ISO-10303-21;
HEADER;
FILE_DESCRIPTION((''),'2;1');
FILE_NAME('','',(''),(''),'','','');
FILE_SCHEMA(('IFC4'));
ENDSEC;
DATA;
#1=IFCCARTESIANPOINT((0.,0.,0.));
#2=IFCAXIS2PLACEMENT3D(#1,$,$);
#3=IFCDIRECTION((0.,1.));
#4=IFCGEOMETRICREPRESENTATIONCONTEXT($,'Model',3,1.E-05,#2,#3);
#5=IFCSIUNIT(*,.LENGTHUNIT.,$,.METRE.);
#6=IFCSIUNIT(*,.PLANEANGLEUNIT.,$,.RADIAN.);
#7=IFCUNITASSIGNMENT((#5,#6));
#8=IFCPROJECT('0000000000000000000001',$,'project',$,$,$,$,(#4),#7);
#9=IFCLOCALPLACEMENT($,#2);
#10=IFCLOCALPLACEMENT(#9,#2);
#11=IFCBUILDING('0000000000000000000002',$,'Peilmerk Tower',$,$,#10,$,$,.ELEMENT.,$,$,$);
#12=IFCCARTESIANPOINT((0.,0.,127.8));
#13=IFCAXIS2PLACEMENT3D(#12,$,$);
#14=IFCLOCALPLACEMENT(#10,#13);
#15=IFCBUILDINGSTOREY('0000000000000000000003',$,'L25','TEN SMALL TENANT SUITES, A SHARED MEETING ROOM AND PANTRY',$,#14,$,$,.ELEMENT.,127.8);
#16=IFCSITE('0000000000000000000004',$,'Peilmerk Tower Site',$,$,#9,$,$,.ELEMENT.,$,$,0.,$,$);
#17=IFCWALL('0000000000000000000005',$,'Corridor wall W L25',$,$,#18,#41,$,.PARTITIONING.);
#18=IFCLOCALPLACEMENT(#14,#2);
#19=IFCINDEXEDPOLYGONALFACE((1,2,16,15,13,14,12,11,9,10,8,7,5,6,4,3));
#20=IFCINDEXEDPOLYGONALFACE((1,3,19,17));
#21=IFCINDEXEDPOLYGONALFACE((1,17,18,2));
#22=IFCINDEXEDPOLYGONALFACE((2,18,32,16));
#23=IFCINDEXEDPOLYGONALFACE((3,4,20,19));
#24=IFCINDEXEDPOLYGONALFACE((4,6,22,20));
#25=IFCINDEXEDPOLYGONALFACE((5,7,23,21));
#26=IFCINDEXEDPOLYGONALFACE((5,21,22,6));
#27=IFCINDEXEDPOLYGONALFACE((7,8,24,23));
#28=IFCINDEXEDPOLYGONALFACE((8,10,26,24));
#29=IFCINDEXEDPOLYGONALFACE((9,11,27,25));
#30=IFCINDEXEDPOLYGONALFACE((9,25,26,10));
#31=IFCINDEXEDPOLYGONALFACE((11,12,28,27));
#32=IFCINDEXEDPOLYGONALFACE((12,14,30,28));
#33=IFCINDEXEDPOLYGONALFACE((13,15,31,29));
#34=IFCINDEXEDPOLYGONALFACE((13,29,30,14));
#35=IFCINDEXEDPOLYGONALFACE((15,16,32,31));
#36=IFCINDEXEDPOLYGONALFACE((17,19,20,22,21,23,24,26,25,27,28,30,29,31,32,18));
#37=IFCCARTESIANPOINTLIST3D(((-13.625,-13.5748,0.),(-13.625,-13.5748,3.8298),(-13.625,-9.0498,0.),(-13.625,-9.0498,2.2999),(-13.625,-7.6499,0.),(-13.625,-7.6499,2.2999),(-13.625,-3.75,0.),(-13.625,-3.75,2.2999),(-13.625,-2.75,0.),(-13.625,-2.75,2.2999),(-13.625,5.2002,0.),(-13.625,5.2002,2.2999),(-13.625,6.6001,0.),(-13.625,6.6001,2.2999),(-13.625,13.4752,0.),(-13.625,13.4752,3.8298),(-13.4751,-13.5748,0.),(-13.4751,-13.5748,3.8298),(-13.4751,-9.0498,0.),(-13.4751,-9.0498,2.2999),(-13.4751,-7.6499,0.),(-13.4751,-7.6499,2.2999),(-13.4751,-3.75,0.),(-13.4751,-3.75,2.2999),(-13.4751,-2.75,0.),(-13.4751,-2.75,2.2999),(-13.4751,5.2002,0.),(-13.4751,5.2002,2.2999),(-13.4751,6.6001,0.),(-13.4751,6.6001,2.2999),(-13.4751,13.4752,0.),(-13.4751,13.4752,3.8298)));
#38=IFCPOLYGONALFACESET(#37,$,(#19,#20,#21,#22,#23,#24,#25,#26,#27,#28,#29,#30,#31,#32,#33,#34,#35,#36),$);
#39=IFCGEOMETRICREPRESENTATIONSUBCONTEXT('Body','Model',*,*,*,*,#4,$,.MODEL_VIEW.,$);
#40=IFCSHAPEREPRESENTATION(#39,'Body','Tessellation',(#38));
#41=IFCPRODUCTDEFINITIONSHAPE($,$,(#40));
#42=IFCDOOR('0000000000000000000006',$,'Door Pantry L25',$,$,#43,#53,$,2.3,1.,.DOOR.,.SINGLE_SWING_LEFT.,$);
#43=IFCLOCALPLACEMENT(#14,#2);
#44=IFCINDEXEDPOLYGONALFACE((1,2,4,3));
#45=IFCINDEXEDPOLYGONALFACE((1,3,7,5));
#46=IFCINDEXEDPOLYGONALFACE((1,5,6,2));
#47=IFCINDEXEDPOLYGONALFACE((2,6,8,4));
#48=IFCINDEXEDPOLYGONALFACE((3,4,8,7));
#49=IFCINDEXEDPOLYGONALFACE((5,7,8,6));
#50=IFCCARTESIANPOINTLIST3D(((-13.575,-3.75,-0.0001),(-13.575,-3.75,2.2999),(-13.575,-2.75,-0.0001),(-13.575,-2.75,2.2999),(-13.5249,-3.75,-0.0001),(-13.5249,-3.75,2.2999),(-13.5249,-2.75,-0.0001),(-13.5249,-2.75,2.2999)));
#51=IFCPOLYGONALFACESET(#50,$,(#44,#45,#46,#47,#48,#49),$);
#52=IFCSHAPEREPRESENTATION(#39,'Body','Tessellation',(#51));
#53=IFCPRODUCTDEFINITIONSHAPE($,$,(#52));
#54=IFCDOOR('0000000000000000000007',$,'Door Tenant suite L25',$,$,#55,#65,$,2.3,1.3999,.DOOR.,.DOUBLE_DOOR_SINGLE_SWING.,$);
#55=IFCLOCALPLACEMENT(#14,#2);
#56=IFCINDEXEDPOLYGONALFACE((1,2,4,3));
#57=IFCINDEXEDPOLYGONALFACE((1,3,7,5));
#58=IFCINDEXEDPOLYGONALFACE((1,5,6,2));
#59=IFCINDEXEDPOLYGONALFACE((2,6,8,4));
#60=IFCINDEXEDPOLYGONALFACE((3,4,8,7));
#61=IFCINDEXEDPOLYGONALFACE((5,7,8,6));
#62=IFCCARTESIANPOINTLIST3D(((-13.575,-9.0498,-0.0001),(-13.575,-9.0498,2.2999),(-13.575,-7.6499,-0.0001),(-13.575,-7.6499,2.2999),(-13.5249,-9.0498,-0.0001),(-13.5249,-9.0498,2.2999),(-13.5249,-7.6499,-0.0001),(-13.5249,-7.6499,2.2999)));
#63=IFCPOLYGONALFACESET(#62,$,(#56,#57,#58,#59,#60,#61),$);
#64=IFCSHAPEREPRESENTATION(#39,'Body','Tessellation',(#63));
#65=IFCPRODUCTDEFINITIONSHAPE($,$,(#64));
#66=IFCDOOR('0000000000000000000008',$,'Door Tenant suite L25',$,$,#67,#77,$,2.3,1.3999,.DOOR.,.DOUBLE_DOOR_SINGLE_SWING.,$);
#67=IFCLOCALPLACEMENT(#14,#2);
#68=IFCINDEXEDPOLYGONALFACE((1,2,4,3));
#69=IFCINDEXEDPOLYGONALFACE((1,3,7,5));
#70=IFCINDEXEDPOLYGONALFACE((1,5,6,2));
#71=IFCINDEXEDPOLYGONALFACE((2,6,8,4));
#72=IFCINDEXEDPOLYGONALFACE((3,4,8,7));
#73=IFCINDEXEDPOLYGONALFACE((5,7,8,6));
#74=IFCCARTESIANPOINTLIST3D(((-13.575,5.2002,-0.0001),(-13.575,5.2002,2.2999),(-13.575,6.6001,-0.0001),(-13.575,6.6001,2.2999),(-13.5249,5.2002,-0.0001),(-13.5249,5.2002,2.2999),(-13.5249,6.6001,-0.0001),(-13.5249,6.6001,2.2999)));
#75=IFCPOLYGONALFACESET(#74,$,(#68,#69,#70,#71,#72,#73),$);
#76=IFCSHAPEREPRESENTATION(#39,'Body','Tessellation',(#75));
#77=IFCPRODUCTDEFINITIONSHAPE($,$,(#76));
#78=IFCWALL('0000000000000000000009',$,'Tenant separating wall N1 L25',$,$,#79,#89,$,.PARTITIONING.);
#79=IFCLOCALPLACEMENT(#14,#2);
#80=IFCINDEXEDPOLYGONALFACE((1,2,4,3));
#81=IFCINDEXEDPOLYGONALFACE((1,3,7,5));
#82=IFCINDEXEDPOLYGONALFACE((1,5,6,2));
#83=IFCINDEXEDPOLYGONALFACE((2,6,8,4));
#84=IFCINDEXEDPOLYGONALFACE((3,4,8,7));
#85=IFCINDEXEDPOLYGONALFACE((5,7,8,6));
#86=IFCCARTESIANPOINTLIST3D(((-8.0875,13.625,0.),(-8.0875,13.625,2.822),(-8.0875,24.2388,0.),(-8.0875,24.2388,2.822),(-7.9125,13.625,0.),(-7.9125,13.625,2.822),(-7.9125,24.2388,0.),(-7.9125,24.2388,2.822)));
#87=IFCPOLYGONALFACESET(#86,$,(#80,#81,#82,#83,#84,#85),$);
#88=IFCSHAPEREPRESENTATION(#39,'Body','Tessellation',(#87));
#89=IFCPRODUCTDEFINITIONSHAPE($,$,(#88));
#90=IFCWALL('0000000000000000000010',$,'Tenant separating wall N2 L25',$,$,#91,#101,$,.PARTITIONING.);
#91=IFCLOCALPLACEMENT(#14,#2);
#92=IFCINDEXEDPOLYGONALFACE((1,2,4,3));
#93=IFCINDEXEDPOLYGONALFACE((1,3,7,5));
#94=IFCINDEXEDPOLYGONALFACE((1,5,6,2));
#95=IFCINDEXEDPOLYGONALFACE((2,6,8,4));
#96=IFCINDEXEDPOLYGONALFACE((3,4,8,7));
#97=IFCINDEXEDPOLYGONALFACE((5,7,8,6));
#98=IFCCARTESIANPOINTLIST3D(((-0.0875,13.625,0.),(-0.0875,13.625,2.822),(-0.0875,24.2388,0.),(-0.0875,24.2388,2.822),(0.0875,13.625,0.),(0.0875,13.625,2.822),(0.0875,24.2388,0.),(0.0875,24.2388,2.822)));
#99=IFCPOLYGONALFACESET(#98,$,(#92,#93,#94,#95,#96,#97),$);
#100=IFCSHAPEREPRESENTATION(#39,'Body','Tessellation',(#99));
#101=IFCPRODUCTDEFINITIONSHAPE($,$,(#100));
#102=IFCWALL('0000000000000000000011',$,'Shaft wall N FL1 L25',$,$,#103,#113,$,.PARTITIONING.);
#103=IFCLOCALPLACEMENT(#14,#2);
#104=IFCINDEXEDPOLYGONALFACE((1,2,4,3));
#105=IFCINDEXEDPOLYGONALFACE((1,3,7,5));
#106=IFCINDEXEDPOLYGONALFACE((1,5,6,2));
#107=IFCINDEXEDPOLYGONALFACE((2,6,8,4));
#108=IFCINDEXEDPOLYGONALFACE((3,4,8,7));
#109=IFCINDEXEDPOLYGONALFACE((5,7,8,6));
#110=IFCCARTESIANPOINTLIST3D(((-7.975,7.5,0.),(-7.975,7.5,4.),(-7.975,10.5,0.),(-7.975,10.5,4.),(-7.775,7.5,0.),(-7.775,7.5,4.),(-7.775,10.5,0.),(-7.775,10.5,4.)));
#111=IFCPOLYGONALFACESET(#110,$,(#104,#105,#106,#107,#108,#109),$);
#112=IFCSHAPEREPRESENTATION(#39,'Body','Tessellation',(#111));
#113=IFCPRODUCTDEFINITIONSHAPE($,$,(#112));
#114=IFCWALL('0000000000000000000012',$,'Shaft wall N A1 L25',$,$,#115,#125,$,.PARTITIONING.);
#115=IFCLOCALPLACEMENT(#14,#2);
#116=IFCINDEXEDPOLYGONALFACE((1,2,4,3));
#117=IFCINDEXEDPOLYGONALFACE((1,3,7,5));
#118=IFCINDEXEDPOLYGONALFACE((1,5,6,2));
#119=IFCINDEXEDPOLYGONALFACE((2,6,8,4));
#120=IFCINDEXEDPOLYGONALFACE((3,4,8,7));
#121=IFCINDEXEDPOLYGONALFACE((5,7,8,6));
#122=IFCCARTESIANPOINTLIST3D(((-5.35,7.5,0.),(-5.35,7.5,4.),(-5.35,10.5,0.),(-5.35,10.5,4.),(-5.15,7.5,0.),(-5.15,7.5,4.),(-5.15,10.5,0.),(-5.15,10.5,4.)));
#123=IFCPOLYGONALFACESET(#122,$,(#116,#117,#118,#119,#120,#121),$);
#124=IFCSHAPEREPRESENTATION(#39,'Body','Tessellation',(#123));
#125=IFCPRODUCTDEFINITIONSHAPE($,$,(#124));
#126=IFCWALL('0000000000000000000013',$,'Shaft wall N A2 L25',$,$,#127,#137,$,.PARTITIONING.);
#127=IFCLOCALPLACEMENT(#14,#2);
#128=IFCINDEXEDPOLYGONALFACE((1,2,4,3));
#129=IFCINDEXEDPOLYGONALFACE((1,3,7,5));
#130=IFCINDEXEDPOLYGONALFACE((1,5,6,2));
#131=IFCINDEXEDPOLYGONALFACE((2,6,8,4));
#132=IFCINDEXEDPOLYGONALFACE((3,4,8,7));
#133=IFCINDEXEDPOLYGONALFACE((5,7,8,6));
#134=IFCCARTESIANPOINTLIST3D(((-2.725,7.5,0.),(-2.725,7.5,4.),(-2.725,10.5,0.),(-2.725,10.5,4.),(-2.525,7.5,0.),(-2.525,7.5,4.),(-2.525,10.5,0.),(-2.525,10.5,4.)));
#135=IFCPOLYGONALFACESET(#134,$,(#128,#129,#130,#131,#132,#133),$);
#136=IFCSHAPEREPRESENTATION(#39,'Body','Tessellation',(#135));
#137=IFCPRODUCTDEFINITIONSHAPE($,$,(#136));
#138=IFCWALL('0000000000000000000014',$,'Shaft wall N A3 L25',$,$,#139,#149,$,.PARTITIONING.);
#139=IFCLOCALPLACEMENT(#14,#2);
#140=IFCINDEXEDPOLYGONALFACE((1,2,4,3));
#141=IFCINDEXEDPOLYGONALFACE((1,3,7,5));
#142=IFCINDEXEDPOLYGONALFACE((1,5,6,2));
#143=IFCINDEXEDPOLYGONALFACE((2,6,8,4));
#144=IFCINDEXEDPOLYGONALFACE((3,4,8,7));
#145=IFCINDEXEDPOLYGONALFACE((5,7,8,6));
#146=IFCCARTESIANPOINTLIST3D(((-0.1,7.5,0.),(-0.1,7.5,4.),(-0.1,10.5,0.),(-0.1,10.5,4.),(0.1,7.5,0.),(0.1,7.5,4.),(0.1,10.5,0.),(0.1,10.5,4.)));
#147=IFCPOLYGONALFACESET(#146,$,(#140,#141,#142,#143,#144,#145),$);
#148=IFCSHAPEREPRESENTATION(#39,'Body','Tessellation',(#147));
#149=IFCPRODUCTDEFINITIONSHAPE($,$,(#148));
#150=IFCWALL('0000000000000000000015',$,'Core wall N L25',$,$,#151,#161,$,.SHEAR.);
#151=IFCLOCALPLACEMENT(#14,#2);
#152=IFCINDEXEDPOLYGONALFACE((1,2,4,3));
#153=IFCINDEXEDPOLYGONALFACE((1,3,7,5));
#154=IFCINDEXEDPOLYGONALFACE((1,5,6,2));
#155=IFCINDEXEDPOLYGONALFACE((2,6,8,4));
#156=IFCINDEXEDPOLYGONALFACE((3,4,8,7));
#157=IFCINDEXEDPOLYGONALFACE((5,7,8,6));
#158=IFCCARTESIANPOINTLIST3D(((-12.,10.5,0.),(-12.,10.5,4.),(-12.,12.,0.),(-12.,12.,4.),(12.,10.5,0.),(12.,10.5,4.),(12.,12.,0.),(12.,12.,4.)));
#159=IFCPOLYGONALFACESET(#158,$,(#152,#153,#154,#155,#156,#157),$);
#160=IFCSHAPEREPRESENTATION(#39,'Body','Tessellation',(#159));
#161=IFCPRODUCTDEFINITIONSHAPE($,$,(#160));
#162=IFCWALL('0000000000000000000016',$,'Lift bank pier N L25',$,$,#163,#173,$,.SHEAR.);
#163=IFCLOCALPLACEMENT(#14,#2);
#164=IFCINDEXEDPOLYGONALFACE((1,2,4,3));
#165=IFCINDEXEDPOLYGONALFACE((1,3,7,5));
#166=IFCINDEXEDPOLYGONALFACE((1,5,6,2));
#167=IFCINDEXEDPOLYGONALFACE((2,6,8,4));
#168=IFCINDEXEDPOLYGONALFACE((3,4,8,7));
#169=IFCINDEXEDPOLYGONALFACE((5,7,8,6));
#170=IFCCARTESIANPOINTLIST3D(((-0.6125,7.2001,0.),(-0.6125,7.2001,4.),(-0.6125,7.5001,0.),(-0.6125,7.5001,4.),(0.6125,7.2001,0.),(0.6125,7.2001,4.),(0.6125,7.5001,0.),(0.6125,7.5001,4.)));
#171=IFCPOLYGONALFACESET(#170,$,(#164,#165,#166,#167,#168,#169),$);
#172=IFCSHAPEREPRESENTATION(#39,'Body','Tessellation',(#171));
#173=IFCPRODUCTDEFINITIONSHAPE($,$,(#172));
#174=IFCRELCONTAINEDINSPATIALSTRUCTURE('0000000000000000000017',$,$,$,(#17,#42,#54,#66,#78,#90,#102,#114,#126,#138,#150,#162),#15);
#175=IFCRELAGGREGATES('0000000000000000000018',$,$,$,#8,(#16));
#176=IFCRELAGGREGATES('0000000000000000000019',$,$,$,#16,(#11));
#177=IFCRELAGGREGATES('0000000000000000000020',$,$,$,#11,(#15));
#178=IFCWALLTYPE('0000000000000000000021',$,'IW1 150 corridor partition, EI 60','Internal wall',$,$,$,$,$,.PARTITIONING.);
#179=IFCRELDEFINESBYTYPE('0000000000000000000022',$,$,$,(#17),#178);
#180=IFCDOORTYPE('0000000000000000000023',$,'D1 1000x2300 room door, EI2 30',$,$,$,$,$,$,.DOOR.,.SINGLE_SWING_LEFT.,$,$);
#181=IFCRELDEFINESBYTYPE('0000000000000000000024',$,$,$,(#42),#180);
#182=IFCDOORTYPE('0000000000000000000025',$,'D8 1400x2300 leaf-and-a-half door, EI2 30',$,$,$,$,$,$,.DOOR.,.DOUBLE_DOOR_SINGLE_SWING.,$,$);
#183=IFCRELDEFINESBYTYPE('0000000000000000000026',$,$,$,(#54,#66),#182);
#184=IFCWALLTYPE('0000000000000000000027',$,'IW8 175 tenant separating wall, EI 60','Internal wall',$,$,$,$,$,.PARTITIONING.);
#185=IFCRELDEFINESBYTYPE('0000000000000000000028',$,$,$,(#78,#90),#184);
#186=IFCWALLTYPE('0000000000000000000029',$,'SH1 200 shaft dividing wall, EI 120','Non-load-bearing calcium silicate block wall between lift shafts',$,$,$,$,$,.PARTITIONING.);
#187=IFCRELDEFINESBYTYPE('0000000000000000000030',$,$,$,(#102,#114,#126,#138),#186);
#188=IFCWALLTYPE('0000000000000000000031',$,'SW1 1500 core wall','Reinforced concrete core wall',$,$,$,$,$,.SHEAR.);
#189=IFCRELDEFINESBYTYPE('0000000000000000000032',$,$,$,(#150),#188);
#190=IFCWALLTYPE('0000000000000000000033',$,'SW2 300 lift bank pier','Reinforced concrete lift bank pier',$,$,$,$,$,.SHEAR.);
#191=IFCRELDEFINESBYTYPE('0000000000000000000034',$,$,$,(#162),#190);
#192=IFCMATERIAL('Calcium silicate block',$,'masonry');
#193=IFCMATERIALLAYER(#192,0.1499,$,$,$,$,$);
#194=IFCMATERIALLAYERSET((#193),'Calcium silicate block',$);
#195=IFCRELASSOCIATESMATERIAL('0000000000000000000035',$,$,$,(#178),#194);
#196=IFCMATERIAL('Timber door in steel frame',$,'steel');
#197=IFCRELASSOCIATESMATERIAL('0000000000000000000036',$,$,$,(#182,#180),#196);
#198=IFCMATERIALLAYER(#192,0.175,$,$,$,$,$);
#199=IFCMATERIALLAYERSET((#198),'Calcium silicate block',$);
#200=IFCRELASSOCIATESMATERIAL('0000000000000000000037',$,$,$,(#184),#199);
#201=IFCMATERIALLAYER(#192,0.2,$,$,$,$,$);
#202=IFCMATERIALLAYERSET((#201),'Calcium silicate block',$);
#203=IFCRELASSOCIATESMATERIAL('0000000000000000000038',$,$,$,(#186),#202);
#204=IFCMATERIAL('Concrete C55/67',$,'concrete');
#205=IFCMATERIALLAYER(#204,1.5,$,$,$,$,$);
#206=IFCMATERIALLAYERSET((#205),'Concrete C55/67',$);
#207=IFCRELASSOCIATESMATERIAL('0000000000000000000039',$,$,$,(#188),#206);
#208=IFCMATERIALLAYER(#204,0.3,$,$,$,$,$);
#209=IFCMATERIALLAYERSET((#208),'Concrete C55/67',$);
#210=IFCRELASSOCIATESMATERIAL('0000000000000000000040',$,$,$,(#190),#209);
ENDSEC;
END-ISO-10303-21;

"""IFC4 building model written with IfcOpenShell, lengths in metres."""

from ifc_helpers import new_model, si_unit, direction, frame, frame_2d, origin, place, context, subcontext, project, spatial, rectangle, extrude, material, layer, layer_set, type_object, element, fill, save


model = new_model("IFC4")

# Units and contexts
model_context = context("Model", 3, precision=1e-05, world=origin(), true_north=direction((0.0, 1.0)))
body_context = subcontext(model_context, "Body", "Model", "MODEL_VIEW")
ifc_project = project(units=[si_unit("LENGTHUNIT", "METRE"), si_unit("PLANEANGLEUNIT", "RADIAN")], contexts=[model_context])

# Site, building, storey
site_placement = place(None, origin())
site = spatial("IfcSite", under=ifc_project, at=site_placement, Name="Peilmerk Tower Site", CompositionType="ELEMENT", RefElevation=0.0)
building_placement = place(site_placement, origin())
building = spatial("IfcBuilding", under=site, at=building_placement, Name="Peilmerk Tower", CompositionType="ELEMENT")
storey_placement = place(building_placement, frame((0.0, 0.0, 127.8)))
storey = spatial("IfcBuildingStorey", under=building, at=storey_placement, Name="L25", Description="TEN SMALL TENANT SUITES, A SHARED MEETING ROOM AND PANTRY", CompositionType="ELEMENT", Elevation=127.8)

# Wall, openings, doors
ifc_material_1 = material(Name="Calcium silicate block", Category="masonry")
ifc_layer_1 = layer(ifc_material_1, 0.1499)
ifc_layer_set_1 = layer_set([ifc_layer_1], Name="Calcium silicate block")
wall_type_1 = type_object("IfcWallType", Name="IW1 150 corridor partition, EI 60", Description="Internal wall", PredefinedType="PARTITIONING", material=ifc_layer_set_1)
ifc_material_2 = material(Name="Timber door in steel frame", Category="steel")
door_type_1 = type_object("IfcDoorType", Name="D8 1400x2300 leaf-and-a-half door, EI2 30", OperationType="DOUBLE_DOOR_SINGLE_SWING", PredefinedType="DOOR", material=ifc_material_2)
wall_1_placement = place(storey_placement, frame((-13.55, 13.4751, 0.0), z_axis=(0.0, 0.0, 1.0), x_axis=(0.0, -1.0, 0.0)))
wall_1 = element("IfcWall", 1, at=wall_1_placement, inside=storey, type_object=wall_type_1, Name="Corridor wall W L25", PredefinedType="PARTITIONING", context=body_context, shape_type="SweptSolid", body=[
    extrude(rectangle(XDim=27.05, YDim=0.1499, at=frame_2d((13.5249, 0.0))), origin(), (0.0, 0.0, 1.0), 3.8298),
])
opening_1_placement = place(wall_1_placement, frame((21.125, 0.0, 0.0)))
opening_1 = element("IfcOpeningElement", 2, at=opening_1_placement, cuts=wall_1, PredefinedType="OPENING", context=body_context, shape_type="SweptSolid", body=[
    extrude(rectangle(XDim=1.3999, YDim=2.3, at=frame_2d((0.7, 1.1499))), frame((0.0, 0.085, 0.0), z_axis=(0.0, -1.0, 0.0), x_axis=(1.0, 0.0, 0.0)), (0.0, 0.0, 1.0), 0.1699),
])
opening_2_placement = place(wall_1_placement, frame((6.875, 0.0, 0.0)))
opening_2 = element("IfcOpeningElement", 3, at=opening_2_placement, cuts=wall_1, PredefinedType="OPENING", context=body_context, shape_type="SweptSolid", body=[
    extrude(rectangle(XDim=1.3999, YDim=2.3, at=frame_2d((0.7, 1.1499))), frame((0.0, 0.085, 0.0), z_axis=(0.0, -1.0, 0.0), x_axis=(1.0, 0.0, 0.0)), (0.0, 0.0, 1.0), 0.1699),
])
opening_3_placement = place(wall_1_placement, frame((16.2251, 0.0, 0.0)))
opening_3 = element("IfcOpeningElement", 4, at=opening_3_placement, cuts=wall_1, PredefinedType="OPENING", context=body_context, shape_type="SweptSolid", body=[
    extrude(rectangle(XDim=1.0, YDim=2.3, at=frame_2d((0.5, 1.1499))), frame((0.0, 0.085, 0.0), z_axis=(0.0, -1.0, 0.0), x_axis=(1.0, 0.0, 0.0)), (0.0, 0.0, 1.0), 0.1699),
])
door_type_2 = type_object("IfcDoorType", Name="D1 1000x2300 room door, EI2 30", OperationType="SINGLE_SWING_LEFT", PredefinedType="DOOR", material=ifc_material_2)
door_1_placement = place(opening_3_placement, frame((1.0, 0.0, 0.0), z_axis=(0.0, 0.0, 1.0), x_axis=(-1.0, 0.0, 0.0)))
door_1 = element("IfcDoor", 5, at=door_1_placement, inside=storey, type_object=door_type_2, Name="Door Pantry L25", OperationType="SINGLE_SWING_LEFT", OverallHeight=2.3, OverallWidth=1.0, PredefinedType="DOOR", context=body_context, shape_type="SweptSolid", body=[
    extrude(rectangle(XDim=1.0, YDim=2.3, at=frame_2d((0.5, 1.1499))), frame((0.0, 0.0249, 0.0), z_axis=(0.0, -1.0, 0.0), x_axis=(1.0, 0.0, 0.0)), (0.0, 0.0, 1.0), 0.05),
])
fill(opening_3, door_1)
door_2_placement = place(opening_1_placement, frame((1.3999, 0.0, 0.0), z_axis=(0.0, 0.0, 1.0), x_axis=(-1.0, 0.0, 0.0)))
door_2 = element("IfcDoor", 6, at=door_2_placement, inside=storey, type_object=door_type_1, Name="Door Tenant suite L25", OperationType="DOUBLE_DOOR_SINGLE_SWING", OverallHeight=2.3, OverallWidth=1.3999, PredefinedType="DOOR", context=body_context, shape_type="SweptSolid", body=[
    extrude(rectangle(XDim=1.3999, YDim=2.3, at=frame_2d((0.7, 1.1499))), frame((0.0, 0.0249, 0.0), z_axis=(0.0, -1.0, 0.0), x_axis=(1.0, 0.0, 0.0)), (0.0, 0.0, 1.0), 0.05),
])
fill(opening_1, door_2)
door_3_placement = place(opening_2_placement, frame((1.3999, 0.0, 0.0), z_axis=(0.0, 0.0, 1.0), x_axis=(-1.0, 0.0, 0.0)))
door_3 = element("IfcDoor", 7, at=door_3_placement, inside=storey, type_object=door_type_1, Name="Door Tenant suite L25", OperationType="DOUBLE_DOOR_SINGLE_SWING", OverallHeight=2.3, OverallWidth=1.3999, PredefinedType="DOOR", context=body_context, shape_type="SweptSolid", body=[
    extrude(rectangle(XDim=1.3999, YDim=2.3, at=frame_2d((0.7, 1.1499))), frame((0.0, 0.0249, 0.0), z_axis=(0.0, -1.0, 0.0), x_axis=(1.0, 0.0, 0.0)), (0.0, 0.0, 1.0), 0.05),
])
fill(opening_2, door_3)

# Walls
ifc_layer_2 = layer(ifc_material_1, 0.175)
ifc_layer_set_2 = layer_set([ifc_layer_2], Name="Calcium silicate block")
wall_type_2 = type_object("IfcWallType", Name="IW8 175 tenant separating wall, EI 60", Description="Internal wall", PredefinedType="PARTITIONING", material=ifc_layer_set_2)
for number, where, z_axis, x_axis, name in (
    (8, (-8.0, 13.625, 0.0), (0.0, 0.0, 1.0), (0.0, 1.0, 0.0), "Tenant separating wall N1 L25"),
    (9, (0.0, 13.625, 0.0), (0.0, 0.0, 1.0), (0.0, 1.0, 0.0), "Tenant separating wall N2 L25"),
):
    element("IfcWall", number, at=place(storey_placement, frame(where, z_axis=z_axis, x_axis=x_axis)), inside=storey, type_object=wall_type_2, Name=name, PredefinedType="PARTITIONING", context=body_context, shape_type="SweptSolid", body=[
        extrude(rectangle(XDim=10.6138, YDim=0.175, at=frame_2d((5.3069, 0.0))), origin(), (0.0, 0.0, 1.0), 2.822),
    ])
ifc_layer_3 = layer(ifc_material_1, 0.2)
ifc_layer_set_3 = layer_set([ifc_layer_3], Name="Calcium silicate block")
wall_type_3 = type_object("IfcWallType", Name="SH1 200 shaft dividing wall, EI 120", Description="Non-load-bearing calcium silicate block wall between lift shafts", PredefinedType="PARTITIONING", material=ifc_layer_set_3)
for number, where, z_axis, x_axis, name in (
    (10, (-7.875, 7.5, 0.0), (0.0, 0.0, 1.0), (0.0, 1.0, 0.0), "Shaft wall N FL1 L25"),
    (11, (-5.25, 7.5, 0.0), (0.0, 0.0, 1.0), (0.0, 1.0, 0.0), "Shaft wall N A1 L25"),
    (12, (-2.625, 7.5, 0.0), (0.0, 0.0, 1.0), (0.0, 1.0, 0.0), "Shaft wall N A2 L25"),
    (13, (0.0, 7.5, 0.0), (0.0, 0.0, 1.0), (0.0, 1.0, 0.0), "Shaft wall N A3 L25"),
):
    element("IfcWall", number, at=place(storey_placement, frame(where, z_axis=z_axis, x_axis=x_axis)), inside=storey, type_object=wall_type_3, Name=name, PredefinedType="PARTITIONING", context=body_context, shape_type="SweptSolid", body=[
        extrude(rectangle(XDim=3.0, YDim=0.2, at=frame_2d((1.5, 0.0))), origin(), (0.0, 0.0, 1.0), 4.0),
    ])
ifc_material_3 = material(Name="Concrete C55/67", Category="concrete")
ifc_layer_4 = layer(ifc_material_3, 1.5)
ifc_layer_set_4 = layer_set([ifc_layer_4], Name="Concrete C55/67")
wall_type_4 = type_object("IfcWallType", Name="SW1 1500 core wall", Description="Reinforced concrete core wall", PredefinedType="SHEAR", material=ifc_layer_set_4)
wall_2_placement = place(storey_placement, frame((-12.0, 11.25, 0.0), z_axis=(0.0, 0.0, 1.0), x_axis=(1.0, 0.0, 0.0)))
element("IfcWall", 14, at=wall_2_placement, inside=storey, type_object=wall_type_4, Name="Core wall N L25", PredefinedType="SHEAR", context=body_context, shape_type="SweptSolid", body=[
    extrude(rectangle(XDim=24.0, YDim=1.5, at=frame_2d((12.0, 0.0))), origin(), (0.0, 0.0, 1.0), 4.0),
])
ifc_layer_5 = layer(ifc_material_3, 0.3)
ifc_layer_set_5 = layer_set([ifc_layer_5], Name="Concrete C55/67")
wall_type_5 = type_object("IfcWallType", Name="SW2 300 lift bank pier", Description="Reinforced concrete lift bank pier", PredefinedType="SHEAR", material=ifc_layer_set_5)
wall_3_placement = place(storey_placement, frame((-0.6125, 7.3501, 0.0), z_axis=(0.0, 0.0, 1.0), x_axis=(1.0, 0.0, 0.0)))
element("IfcWall", 15, at=wall_3_placement, inside=storey, type_object=wall_type_5, Name="Lift bank pier N L25", PredefinedType="SHEAR", context=body_context, shape_type="SweptSolid", body=[
    extrude(rectangle(XDim=1.2251, YDim=0.3, at=frame_2d((0.6125, 0.0))), origin(), (0.0, 0.0, 1.0), 4.0),
])

save(model, "model.ifc")
